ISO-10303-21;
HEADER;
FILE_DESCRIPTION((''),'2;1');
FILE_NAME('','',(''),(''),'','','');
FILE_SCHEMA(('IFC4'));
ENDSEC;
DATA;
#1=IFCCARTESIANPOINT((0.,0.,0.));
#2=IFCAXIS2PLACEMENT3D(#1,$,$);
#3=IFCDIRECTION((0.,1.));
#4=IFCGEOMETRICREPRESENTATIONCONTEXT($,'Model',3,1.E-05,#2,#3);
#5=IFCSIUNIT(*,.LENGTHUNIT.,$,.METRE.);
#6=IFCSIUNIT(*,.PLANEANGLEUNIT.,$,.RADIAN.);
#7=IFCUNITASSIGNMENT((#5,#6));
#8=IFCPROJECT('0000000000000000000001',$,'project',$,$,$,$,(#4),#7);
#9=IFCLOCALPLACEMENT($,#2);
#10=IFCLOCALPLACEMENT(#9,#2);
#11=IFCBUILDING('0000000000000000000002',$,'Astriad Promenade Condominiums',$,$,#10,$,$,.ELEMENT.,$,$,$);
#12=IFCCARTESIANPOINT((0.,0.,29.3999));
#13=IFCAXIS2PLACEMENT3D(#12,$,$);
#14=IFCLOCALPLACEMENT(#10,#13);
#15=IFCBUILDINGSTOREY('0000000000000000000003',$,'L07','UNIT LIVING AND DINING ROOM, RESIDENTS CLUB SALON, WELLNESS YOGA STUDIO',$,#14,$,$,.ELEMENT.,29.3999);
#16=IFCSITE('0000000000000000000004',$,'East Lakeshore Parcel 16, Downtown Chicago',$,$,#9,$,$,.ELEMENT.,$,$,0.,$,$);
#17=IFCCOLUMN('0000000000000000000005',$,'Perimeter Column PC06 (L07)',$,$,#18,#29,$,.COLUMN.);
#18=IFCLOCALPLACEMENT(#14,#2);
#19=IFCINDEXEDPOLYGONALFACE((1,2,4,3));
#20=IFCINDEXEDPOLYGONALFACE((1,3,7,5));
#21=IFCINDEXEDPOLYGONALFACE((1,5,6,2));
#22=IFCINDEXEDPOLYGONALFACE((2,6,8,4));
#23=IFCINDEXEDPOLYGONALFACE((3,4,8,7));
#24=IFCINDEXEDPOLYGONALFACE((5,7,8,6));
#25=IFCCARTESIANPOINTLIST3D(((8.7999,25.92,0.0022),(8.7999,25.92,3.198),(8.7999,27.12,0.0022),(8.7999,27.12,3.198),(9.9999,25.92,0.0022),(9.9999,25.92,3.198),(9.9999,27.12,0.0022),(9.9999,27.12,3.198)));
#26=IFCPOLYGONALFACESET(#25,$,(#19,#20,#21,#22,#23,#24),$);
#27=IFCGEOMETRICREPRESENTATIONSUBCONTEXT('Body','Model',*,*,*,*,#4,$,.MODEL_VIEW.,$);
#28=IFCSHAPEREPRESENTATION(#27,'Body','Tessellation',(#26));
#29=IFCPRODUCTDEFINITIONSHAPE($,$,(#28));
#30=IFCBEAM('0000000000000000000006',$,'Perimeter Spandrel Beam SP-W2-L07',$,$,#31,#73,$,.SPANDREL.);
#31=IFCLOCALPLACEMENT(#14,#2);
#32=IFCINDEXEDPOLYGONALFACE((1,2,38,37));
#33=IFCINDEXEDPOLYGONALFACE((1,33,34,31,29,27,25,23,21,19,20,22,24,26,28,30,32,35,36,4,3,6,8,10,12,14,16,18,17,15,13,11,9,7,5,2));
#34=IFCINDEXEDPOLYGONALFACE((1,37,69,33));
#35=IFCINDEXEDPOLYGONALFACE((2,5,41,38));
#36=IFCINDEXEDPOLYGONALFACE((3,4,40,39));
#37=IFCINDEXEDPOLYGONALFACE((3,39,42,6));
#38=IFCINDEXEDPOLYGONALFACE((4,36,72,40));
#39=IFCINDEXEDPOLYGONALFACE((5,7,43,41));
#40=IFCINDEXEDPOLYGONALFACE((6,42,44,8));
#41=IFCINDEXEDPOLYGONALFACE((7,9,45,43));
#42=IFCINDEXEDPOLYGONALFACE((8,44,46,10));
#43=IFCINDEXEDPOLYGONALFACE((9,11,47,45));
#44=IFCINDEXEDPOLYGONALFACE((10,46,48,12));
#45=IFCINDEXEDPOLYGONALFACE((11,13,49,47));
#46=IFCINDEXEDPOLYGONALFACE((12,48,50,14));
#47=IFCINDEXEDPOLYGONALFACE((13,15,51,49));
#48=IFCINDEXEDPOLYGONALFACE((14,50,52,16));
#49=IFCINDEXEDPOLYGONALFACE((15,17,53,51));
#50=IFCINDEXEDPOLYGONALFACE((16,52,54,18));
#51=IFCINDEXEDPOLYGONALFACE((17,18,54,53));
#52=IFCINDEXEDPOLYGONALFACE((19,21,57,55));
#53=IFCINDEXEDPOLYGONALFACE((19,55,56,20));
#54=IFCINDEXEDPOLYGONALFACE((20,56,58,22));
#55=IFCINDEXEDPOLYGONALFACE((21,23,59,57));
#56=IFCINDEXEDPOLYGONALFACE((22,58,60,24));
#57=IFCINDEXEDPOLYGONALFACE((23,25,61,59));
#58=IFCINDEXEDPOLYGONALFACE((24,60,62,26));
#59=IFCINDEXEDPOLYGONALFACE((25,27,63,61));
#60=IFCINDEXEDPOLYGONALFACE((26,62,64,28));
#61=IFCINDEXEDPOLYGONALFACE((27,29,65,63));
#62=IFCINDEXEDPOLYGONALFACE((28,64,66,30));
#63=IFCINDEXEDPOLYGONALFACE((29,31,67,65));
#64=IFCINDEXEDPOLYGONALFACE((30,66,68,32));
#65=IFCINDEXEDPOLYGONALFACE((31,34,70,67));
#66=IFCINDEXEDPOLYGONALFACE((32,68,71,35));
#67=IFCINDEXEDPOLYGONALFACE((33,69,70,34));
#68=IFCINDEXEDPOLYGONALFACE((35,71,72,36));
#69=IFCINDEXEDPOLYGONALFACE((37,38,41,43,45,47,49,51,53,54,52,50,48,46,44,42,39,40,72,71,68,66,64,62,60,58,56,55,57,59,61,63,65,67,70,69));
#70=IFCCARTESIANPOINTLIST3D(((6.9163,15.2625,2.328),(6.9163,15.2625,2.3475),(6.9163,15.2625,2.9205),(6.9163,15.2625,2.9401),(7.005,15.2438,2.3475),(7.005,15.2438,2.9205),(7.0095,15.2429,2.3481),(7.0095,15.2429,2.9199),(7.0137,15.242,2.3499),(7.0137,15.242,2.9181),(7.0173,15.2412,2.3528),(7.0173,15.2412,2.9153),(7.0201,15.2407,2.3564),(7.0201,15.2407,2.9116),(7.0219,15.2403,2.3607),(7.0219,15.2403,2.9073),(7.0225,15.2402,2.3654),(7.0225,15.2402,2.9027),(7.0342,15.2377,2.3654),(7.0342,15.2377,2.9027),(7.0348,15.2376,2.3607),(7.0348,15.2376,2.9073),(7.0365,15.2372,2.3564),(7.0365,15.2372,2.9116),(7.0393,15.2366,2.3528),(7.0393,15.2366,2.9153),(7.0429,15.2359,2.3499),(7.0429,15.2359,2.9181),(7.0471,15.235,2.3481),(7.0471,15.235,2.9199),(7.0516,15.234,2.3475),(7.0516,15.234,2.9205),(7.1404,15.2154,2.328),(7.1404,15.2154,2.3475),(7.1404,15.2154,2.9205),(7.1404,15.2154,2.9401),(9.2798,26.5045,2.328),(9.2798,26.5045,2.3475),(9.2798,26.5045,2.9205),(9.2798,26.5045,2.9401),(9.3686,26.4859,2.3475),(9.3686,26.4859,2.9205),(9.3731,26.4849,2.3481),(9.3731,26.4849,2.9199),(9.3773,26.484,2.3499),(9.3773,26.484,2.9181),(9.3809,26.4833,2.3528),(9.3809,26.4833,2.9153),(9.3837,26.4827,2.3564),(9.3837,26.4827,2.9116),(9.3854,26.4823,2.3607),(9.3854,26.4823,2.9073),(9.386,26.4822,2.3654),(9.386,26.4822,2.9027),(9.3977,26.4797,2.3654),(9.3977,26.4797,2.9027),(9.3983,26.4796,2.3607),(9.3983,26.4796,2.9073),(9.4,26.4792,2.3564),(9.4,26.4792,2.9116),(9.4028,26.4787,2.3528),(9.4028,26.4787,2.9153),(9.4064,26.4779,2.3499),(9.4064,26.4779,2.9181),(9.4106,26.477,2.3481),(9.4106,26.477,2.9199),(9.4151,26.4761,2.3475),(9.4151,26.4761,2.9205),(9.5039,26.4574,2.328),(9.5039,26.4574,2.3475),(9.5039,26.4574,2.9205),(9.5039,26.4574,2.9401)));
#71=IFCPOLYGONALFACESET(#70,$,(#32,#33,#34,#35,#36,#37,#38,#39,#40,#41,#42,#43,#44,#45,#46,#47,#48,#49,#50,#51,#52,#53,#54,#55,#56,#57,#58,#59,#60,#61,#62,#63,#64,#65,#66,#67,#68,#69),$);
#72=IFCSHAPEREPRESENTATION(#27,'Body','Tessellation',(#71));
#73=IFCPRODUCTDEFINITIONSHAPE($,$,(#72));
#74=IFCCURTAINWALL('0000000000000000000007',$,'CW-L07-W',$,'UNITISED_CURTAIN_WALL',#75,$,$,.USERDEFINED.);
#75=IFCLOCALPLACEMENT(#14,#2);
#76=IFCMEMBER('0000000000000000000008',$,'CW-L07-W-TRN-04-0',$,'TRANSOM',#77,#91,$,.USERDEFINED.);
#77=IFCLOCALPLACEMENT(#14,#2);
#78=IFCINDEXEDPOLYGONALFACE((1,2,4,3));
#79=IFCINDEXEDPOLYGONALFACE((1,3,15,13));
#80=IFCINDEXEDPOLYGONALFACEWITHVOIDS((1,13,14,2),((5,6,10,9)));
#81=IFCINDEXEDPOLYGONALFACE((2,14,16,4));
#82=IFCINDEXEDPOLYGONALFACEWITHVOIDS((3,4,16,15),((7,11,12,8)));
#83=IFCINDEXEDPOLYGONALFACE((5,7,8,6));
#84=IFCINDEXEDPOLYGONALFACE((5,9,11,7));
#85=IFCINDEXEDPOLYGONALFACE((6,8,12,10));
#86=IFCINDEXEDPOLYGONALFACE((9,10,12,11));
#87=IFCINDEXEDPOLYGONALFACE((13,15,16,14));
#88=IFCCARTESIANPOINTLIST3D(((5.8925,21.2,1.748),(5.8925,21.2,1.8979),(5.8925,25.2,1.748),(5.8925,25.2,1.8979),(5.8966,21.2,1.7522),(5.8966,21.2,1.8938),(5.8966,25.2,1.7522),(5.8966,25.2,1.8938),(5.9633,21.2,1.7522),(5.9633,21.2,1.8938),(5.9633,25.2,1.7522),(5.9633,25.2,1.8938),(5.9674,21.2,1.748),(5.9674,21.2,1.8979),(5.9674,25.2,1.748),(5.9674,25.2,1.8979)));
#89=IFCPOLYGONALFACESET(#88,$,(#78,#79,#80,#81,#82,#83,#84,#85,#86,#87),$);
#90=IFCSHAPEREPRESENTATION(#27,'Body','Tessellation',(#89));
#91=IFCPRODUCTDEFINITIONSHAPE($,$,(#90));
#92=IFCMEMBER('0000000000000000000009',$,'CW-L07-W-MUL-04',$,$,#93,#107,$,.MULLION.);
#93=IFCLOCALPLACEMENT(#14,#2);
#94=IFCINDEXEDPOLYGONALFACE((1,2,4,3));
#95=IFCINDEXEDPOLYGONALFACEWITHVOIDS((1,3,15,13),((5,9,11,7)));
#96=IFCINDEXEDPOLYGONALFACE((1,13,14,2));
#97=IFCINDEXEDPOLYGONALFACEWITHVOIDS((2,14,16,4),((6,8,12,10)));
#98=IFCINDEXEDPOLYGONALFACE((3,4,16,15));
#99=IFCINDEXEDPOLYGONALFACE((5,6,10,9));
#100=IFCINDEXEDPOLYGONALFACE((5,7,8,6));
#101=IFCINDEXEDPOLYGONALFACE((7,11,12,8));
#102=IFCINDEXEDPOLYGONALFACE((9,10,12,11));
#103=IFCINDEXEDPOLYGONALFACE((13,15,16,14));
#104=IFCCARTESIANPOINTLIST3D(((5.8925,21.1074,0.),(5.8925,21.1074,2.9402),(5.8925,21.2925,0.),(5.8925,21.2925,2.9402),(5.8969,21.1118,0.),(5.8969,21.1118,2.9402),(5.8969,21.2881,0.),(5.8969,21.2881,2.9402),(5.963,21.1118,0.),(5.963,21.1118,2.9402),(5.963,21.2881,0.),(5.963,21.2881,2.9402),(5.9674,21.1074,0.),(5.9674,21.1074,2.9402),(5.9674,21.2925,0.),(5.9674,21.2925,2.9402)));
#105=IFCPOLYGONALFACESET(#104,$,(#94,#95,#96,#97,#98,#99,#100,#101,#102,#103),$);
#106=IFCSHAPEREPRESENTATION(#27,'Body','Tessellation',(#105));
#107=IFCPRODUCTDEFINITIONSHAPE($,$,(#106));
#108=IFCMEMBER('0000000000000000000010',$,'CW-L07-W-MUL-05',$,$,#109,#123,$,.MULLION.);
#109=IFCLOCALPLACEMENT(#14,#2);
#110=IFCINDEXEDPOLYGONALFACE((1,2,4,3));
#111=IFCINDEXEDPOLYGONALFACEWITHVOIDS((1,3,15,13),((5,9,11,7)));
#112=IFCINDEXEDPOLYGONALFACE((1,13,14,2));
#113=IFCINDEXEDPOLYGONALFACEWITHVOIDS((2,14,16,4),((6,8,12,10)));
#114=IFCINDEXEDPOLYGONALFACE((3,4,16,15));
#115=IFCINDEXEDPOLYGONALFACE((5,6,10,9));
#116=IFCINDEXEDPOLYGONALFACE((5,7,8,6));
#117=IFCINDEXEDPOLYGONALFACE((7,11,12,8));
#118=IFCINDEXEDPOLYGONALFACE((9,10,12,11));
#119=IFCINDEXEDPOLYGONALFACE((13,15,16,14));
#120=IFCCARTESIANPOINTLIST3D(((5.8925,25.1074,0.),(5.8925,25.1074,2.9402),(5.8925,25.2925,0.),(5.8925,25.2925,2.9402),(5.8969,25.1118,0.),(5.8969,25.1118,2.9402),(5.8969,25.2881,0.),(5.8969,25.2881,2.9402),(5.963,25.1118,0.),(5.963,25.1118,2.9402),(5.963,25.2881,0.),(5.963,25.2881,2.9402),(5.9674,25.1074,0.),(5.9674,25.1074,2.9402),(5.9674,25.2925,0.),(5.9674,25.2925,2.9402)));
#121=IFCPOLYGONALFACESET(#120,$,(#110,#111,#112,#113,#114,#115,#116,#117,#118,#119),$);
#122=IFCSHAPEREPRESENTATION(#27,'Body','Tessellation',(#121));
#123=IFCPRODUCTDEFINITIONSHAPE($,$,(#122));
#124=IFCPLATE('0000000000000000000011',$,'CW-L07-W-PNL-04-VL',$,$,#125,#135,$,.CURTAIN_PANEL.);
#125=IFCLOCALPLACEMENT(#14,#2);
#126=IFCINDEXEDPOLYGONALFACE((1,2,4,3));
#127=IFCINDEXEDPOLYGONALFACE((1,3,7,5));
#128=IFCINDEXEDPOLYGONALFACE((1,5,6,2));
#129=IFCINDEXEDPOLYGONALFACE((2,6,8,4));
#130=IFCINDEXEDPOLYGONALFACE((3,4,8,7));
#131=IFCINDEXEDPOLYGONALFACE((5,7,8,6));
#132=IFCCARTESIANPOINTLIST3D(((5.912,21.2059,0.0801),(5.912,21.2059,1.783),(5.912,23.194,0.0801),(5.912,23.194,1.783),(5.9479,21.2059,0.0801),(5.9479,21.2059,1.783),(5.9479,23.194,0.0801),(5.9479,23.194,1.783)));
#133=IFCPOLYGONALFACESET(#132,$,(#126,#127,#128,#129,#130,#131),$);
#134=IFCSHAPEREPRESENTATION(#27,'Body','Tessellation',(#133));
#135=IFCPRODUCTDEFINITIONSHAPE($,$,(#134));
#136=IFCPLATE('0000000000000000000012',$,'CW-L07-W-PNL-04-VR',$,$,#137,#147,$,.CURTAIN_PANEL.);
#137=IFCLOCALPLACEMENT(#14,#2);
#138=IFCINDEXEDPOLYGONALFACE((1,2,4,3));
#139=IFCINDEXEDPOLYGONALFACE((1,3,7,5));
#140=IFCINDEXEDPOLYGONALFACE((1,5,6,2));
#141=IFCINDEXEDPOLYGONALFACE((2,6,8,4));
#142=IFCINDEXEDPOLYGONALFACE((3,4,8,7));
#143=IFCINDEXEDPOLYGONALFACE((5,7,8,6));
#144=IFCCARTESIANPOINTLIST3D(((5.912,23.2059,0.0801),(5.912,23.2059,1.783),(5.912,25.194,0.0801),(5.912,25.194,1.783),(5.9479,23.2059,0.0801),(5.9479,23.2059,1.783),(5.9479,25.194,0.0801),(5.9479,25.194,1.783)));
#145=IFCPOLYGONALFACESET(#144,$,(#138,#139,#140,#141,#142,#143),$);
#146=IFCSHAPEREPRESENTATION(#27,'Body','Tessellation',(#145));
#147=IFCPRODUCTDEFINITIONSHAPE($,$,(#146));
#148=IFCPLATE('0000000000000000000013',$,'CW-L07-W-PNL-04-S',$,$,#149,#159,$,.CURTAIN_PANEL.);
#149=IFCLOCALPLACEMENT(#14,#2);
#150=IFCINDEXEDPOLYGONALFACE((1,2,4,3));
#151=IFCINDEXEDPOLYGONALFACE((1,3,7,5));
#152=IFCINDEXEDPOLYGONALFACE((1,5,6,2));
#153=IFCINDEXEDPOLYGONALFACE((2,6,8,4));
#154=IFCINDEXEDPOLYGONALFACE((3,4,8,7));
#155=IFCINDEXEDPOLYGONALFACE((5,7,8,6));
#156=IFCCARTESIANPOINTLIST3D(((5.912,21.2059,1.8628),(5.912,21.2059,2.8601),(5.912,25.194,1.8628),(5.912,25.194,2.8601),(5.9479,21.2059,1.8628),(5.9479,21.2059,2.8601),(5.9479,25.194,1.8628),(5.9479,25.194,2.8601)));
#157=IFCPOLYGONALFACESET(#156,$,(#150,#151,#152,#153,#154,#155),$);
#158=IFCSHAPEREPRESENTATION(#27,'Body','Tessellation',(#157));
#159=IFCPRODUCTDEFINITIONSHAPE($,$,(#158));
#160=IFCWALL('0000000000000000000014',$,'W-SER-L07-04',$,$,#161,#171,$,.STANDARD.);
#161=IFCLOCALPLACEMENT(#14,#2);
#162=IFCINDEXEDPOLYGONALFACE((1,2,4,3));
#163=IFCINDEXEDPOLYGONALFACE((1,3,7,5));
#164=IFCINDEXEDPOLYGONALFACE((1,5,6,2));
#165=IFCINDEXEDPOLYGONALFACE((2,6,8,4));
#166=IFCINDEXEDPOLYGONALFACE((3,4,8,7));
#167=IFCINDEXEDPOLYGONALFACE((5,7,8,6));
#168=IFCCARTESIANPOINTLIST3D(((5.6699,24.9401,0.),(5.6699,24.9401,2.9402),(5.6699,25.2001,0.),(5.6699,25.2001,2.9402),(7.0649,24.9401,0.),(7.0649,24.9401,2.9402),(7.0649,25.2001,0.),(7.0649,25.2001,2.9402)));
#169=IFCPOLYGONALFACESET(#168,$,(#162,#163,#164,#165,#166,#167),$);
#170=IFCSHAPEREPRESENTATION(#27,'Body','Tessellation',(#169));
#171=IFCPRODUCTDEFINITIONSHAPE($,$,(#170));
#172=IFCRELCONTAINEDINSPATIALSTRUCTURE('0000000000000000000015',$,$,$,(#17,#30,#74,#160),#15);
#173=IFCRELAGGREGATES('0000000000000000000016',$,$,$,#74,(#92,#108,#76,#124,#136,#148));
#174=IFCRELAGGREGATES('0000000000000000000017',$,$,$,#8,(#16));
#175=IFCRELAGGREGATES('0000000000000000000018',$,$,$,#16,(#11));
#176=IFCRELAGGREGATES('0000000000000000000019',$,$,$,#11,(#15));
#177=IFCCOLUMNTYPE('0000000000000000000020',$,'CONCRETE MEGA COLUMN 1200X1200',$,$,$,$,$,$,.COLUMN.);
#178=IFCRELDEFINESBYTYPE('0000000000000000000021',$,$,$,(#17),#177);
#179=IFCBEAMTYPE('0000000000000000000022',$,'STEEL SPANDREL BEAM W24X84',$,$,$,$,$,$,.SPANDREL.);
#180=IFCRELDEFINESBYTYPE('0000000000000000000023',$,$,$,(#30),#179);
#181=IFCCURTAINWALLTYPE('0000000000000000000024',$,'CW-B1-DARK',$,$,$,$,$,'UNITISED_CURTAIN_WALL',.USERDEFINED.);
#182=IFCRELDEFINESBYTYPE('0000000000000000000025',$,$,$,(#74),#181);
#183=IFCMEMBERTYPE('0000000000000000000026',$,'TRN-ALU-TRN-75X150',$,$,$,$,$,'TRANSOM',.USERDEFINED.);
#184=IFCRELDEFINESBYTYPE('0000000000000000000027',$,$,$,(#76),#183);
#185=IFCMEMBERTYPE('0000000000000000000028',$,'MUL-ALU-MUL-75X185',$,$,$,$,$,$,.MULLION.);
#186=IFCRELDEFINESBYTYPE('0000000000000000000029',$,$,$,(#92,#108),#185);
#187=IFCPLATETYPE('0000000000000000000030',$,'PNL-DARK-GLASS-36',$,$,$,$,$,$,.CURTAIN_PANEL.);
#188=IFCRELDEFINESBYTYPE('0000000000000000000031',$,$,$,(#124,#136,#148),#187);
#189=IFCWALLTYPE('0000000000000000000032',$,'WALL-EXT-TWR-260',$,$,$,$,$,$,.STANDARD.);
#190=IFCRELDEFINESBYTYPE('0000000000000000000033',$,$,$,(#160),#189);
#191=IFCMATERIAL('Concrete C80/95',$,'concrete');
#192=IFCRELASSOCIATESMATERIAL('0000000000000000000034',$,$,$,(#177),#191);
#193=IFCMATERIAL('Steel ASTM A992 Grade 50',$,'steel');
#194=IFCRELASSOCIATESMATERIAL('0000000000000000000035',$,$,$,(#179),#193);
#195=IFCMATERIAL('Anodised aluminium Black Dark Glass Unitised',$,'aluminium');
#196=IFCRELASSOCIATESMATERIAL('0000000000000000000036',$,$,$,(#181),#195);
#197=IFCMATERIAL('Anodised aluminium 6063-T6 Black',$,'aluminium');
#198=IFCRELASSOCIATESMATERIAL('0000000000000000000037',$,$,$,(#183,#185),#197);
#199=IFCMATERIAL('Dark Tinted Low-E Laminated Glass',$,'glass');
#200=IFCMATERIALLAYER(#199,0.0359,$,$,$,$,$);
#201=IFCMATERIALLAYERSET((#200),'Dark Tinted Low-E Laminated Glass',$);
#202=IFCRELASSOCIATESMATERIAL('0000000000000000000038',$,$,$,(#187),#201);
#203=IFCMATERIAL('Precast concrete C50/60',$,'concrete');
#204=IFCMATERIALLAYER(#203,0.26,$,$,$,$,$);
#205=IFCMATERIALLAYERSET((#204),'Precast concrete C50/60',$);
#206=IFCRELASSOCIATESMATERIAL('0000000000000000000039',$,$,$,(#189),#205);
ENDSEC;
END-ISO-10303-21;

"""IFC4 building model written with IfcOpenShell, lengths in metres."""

from ifc_helpers import new_model, si_unit, direction, frame, frame_2d, origin, origin_2d, place, context, subcontext, project, spatial, rectangle, hollow_rectangle, i_section, extrude, source, transform, mapped, material, layer, layer_set, material_profile, profile_set, type_object, type_shapes, element, aggregate, save


model = new_model("IFC4")

# Units and contexts
model_context = context("Model", 3, precision=1e-05, world=origin(), true_north=direction((0.0, 1.0)))
body_context = subcontext(model_context, "Body", "Model", "MODEL_VIEW")
ifc_project = project(units=[si_unit("LENGTHUNIT", "METRE"), si_unit("PLANEANGLEUNIT", "RADIAN")], contexts=[model_context])

# Site, building, storey
site_placement = place(None, origin())
site = spatial("IfcSite", under=ifc_project, at=site_placement, Name="East Lakeshore Parcel 16, Downtown Chicago", CompositionType="ELEMENT", RefElevation=0.0)
building_placement = place(site_placement, origin())
building = spatial("IfcBuilding", under=site, at=building_placement, Name="Astriad Promenade Condominiums", CompositionType="ELEMENT")
storey_placement = place(building_placement, frame((0.0, 0.0, 29.3999)))
storey = spatial("IfcBuildingStorey", under=building, at=storey_placement, Name="L07", Description="UNIT LIVING AND DINING ROOM, RESIDENTS CLUB SALON, WELLNESS YOGA STUDIO", CompositionType="ELEMENT", Elevation=29.3999)

# Column
ifc_material_1 = material(Name="Concrete C80/95", Category="concrete")
ifc_material_profile_1 = material_profile(ifc_material_1, rectangle(XDim=1.2, YDim=1.2, at=origin_2d()), Name="RC-COL-1200X1200")
ifc_profile_set_1 = profile_set([ifc_material_profile_1], Name="Concrete C80/95")
column_type = type_object("IfcColumnType", Name="CONCRETE MEGA COLUMN 1200X1200", PredefinedType="COLUMN", material=ifc_profile_set_1)
shared_shape_1 = source(origin(), body_context, "Body", "SweptSolid", [
    extrude(rectangle(XDim=1.2, YDim=1.2, at=origin_2d()), origin(), (0.0, 0.0, 1.0), 3.1958),
])
type_shapes(column_type, [shared_shape_1])
column_placement = place(storey_placement, frame((9.3999, 26.52, 0.0022), z_axis=(0.0, 0.0, 1.0), x_axis=(1.0, 0.0, 0.0)))
element("IfcColumn", 1, at=column_placement, inside=storey, type_object=column_type, Name="Perimeter Column PC06 (L07)", PredefinedType="COLUMN", context=body_context, shape_type="MappedRepresentation", body=[
    mapped(shared_shape_1, transform((0.0, 0.0, 0.0), scale=1.0)),
])

# Beam
ifc_material_2 = material(Name="Steel ASTM A992 Grade 50", Category="steel")
ifc_material_profile_2 = material_profile(ifc_material_2, i_section(OverallWidth=0.229, OverallDepth=0.6121, WebThickness=0.012, FlangeThickness=0.0195, FilletRadius=0.0178, at=origin_2d()), Name="W24X84")
ifc_profile_set_2 = profile_set([ifc_material_profile_2], Name="Steel ASTM A992 Grade 50")
beam_type = type_object("IfcBeamType", Name="STEEL SPANDREL BEAM W24X84", PredefinedType="SPANDREL", material=ifc_profile_set_2)
shared_shape_2 = source(origin(), body_context, "Body", "SweptSolid", [
    extrude(i_section(OverallWidth=0.229, OverallDepth=0.6121, WebThickness=0.012, FlangeThickness=0.0195, FilletRadius=0.0178, at=origin_2d()), origin(), (0.0, 0.0, 1.0), 11.4878),
])
type_shapes(beam_type, [shared_shape_2])
beam_placement = place(storey_placement, frame((9.3918, 26.481, 2.634), z_axis=(-0.205744, -0.978606, 0.0), x_axis=(0.978606, -0.205744, 0.0)))
element("IfcBeam", 2, at=beam_placement, inside=storey, type_object=beam_type, Name="Perimeter Spandrel Beam SP-W2-L07", PredefinedType="SPANDREL", context=body_context, shape_type="MappedRepresentation", body=[
    mapped(shared_shape_2, transform((0.0, 0.0, 0.0), scale=1.0)),
])

# Curtain wall, members, plates
ifc_material_3 = material(Name="Anodised aluminium Black Dark Glass Unitised", Category="aluminium")
curtain_wall_type = type_object("IfcCurtainWallType", Name="CW-B1-DARK", ElementType="UNITISED_CURTAIN_WALL", PredefinedType="USERDEFINED", material=ifc_material_3)
curtain_wall_placement = place(storey_placement, origin())
curtain_wall = element("IfcCurtainWall", 3, at=curtain_wall_placement, inside=storey, type_object=curtain_wall_type, Name="CW-L07-W", ObjectType="UNITISED_CURTAIN_WALL", PredefinedType="USERDEFINED")
ifc_material_4 = material(Name="Anodised aluminium 6063-T6 Black", Category="aluminium")
ifc_material_profile_3 = material_profile(ifc_material_4, hollow_rectangle(XDim=0.075, YDim=0.1499, WallThickness=0.0042, at=origin_2d()), Name="ALU-TRN-75X150")
ifc_profile_set_3 = profile_set([ifc_material_profile_3], Name="Anodised aluminium 6063-T6 Black")
member_type_1 = type_object("IfcMemberType", Name="TRN-ALU-TRN-75X150", ElementType="TRANSOM", PredefinedType="USERDEFINED", material=ifc_profile_set_3)
shared_shape_3 = source(origin(), body_context, "Body", "SweptSolid", [
    extrude(hollow_rectangle(XDim=0.075, YDim=0.1499, WallThickness=0.0042, at=origin_2d()), origin(), (0.0, 0.0, 1.0), 4.0),
])
type_shapes(member_type_1, [shared_shape_3])
member_1_placement = place(storey_placement, frame((5.9299, 21.2, 1.823), z_axis=(0.0, 1.0, 0.0), x_axis=(-1.0, 0.0, 0.0)))
member_1 = element("IfcMember", 4, at=member_1_placement, type_object=member_type_1, Name="CW-L07-W-TRN-04-0", ObjectType="TRANSOM", PredefinedType="USERDEFINED", context=body_context, shape_type="MappedRepresentation", body=[
    mapped(shared_shape_3, transform((0.0, 0.0, 0.0), scale=1.0)),
])
ifc_material_profile_4 = material_profile(ifc_material_4, hollow_rectangle(XDim=0.075, YDim=0.1851, WallThickness=0.0044, at=origin_2d()), Name="ALU-MUL-75X185")
ifc_profile_set_4 = profile_set([ifc_material_profile_4], Name="Anodised aluminium 6063-T6 Black")
member_type_2 = type_object("IfcMemberType", Name="MUL-ALU-MUL-75X185", PredefinedType="MULLION", material=ifc_profile_set_4)
shared_shape_4 = source(origin(), body_context, "Body", "SweptSolid", [
    extrude(hollow_rectangle(XDim=0.075, YDim=0.1851, WallThickness=0.0044, at=origin_2d()), origin(), (0.0, 0.0, 1.0), 2.9402),
])
type_shapes(member_type_2, [shared_shape_4])
member_2_placement = place(storey_placement, frame((5.9299, 21.2, 0.0), z_axis=(0.0, 0.0, 1.0), x_axis=(1.0, 0.0, 0.0)))
member_2 = element("IfcMember", 5, at=member_2_placement, type_object=member_type_2, Name="CW-L07-W-MUL-04", PredefinedType="MULLION", context=body_context, shape_type="MappedRepresentation", body=[
    mapped(shared_shape_4, transform((0.0, 0.0, 0.0), scale=1.0)),
])
member_3_placement = place(storey_placement, frame((5.9299, 25.2, 0.0), z_axis=(0.0, 0.0, 1.0), x_axis=(1.0, 0.0, 0.0)))
member_3 = element("IfcMember", 6, at=member_3_placement, type_object=member_type_2, Name="CW-L07-W-MUL-05", PredefinedType="MULLION", context=body_context, shape_type="MappedRepresentation", body=[
    mapped(shared_shape_4, transform((0.0, 0.0, 0.0), scale=1.0)),
])
ifc_material_5 = material(Name="Dark Tinted Low-E Laminated Glass", Category="glass")
ifc_layer_1 = layer(ifc_material_5, 0.0359)
ifc_layer_set_1 = layer_set([ifc_layer_1], Name="Dark Tinted Low-E Laminated Glass")
plate_type = type_object("IfcPlateType", Name="PNL-DARK-GLASS-36", PredefinedType="CURTAIN_PANEL", material=ifc_layer_set_1)
shared_shape_5 = source(origin(), body_context, "Body", "SweptSolid", [
    extrude(rectangle(XDim=1.988, YDim=0.0359, at=origin_2d()), origin(), (0.0, 0.0, 1.0), 1.7029),
])
plate_1_placement = place(storey_placement, frame((5.9299, 22.2, 0.0801), z_axis=(0.0, 0.0, 1.0), x_axis=(0.0, 1.0, 0.0)))
plate_1 = element("IfcPlate", 7, at=plate_1_placement, type_object=plate_type, Name="CW-L07-W-PNL-04-VL", PredefinedType="CURTAIN_PANEL", context=body_context, shape_type="MappedRepresentation", body=[
    mapped(shared_shape_5, transform((0.0, 0.0, 0.0), scale=1.0)),
])
plate_2_placement = place(storey_placement, frame((5.9299, 24.2, 0.0801), z_axis=(0.0, 0.0, 1.0), x_axis=(0.0, 1.0, 0.0)))
plate_2 = element("IfcPlate", 8, at=plate_2_placement, type_object=plate_type, Name="CW-L07-W-PNL-04-VR", PredefinedType="CURTAIN_PANEL", context=body_context, shape_type="MappedRepresentation", body=[
    mapped(shared_shape_5, transform((0.0, 0.0, 0.0), scale=1.0)),
])
shared_shape_6 = source(origin(), body_context, "Body", "SweptSolid", [
    extrude(rectangle(XDim=3.988, YDim=0.0359, at=origin_2d()), origin(), (0.0, 0.0, 1.0), 0.9973),
])
type_shapes(plate_type, [shared_shape_5, shared_shape_6])
plate_3_placement = place(storey_placement, frame((5.9299, 23.2, 1.8628), z_axis=(0.0, 0.0, 1.0), x_axis=(0.0, 1.0, 0.0)))
plate_3 = element("IfcPlate", 9, at=plate_3_placement, type_object=plate_type, Name="CW-L07-W-PNL-04-S", PredefinedType="CURTAIN_PANEL", context=body_context, shape_type="MappedRepresentation", body=[
    mapped(shared_shape_6, transform((0.0, 0.0, 0.0), scale=1.0)),
])
aggregate(curtain_wall, [member_2, member_3, member_1, plate_1, plate_2, plate_3])

# Wall
ifc_material_6 = material(Name="Precast concrete C50/60", Category="concrete")
ifc_layer_2 = layer(ifc_material_6, 0.26)
ifc_layer_set_2 = layer_set([ifc_layer_2], Name="Precast concrete C50/60")
wall_type_1 = type_object("IfcWallType", Name="WALL-EXT-TWR-260", PredefinedType="STANDARD", material=ifc_layer_set_2)
for number, where, z_axis, x_axis, name in (
    (10, (5.6699, 25.0701, 0.0), (0.0, 0.0, 1.0), (1.0, 0.0, 0.0), "W-SER-L07-04"),
):
    element("IfcWall", number, at=place(storey_placement, frame(where, z_axis=z_axis, x_axis=x_axis)), inside=storey, type_object=wall_type_1, Name=name, PredefinedType="STANDARD", context=body_context, shape_type="SweptSolid", body=[
        extrude(rectangle(XDim=1.395, YDim=0.26, at=frame_2d((0.6975, 0.0))), origin(), (0.0, 0.0, 1.0), 2.9402),
    ])

save(model, "model.ifc")
